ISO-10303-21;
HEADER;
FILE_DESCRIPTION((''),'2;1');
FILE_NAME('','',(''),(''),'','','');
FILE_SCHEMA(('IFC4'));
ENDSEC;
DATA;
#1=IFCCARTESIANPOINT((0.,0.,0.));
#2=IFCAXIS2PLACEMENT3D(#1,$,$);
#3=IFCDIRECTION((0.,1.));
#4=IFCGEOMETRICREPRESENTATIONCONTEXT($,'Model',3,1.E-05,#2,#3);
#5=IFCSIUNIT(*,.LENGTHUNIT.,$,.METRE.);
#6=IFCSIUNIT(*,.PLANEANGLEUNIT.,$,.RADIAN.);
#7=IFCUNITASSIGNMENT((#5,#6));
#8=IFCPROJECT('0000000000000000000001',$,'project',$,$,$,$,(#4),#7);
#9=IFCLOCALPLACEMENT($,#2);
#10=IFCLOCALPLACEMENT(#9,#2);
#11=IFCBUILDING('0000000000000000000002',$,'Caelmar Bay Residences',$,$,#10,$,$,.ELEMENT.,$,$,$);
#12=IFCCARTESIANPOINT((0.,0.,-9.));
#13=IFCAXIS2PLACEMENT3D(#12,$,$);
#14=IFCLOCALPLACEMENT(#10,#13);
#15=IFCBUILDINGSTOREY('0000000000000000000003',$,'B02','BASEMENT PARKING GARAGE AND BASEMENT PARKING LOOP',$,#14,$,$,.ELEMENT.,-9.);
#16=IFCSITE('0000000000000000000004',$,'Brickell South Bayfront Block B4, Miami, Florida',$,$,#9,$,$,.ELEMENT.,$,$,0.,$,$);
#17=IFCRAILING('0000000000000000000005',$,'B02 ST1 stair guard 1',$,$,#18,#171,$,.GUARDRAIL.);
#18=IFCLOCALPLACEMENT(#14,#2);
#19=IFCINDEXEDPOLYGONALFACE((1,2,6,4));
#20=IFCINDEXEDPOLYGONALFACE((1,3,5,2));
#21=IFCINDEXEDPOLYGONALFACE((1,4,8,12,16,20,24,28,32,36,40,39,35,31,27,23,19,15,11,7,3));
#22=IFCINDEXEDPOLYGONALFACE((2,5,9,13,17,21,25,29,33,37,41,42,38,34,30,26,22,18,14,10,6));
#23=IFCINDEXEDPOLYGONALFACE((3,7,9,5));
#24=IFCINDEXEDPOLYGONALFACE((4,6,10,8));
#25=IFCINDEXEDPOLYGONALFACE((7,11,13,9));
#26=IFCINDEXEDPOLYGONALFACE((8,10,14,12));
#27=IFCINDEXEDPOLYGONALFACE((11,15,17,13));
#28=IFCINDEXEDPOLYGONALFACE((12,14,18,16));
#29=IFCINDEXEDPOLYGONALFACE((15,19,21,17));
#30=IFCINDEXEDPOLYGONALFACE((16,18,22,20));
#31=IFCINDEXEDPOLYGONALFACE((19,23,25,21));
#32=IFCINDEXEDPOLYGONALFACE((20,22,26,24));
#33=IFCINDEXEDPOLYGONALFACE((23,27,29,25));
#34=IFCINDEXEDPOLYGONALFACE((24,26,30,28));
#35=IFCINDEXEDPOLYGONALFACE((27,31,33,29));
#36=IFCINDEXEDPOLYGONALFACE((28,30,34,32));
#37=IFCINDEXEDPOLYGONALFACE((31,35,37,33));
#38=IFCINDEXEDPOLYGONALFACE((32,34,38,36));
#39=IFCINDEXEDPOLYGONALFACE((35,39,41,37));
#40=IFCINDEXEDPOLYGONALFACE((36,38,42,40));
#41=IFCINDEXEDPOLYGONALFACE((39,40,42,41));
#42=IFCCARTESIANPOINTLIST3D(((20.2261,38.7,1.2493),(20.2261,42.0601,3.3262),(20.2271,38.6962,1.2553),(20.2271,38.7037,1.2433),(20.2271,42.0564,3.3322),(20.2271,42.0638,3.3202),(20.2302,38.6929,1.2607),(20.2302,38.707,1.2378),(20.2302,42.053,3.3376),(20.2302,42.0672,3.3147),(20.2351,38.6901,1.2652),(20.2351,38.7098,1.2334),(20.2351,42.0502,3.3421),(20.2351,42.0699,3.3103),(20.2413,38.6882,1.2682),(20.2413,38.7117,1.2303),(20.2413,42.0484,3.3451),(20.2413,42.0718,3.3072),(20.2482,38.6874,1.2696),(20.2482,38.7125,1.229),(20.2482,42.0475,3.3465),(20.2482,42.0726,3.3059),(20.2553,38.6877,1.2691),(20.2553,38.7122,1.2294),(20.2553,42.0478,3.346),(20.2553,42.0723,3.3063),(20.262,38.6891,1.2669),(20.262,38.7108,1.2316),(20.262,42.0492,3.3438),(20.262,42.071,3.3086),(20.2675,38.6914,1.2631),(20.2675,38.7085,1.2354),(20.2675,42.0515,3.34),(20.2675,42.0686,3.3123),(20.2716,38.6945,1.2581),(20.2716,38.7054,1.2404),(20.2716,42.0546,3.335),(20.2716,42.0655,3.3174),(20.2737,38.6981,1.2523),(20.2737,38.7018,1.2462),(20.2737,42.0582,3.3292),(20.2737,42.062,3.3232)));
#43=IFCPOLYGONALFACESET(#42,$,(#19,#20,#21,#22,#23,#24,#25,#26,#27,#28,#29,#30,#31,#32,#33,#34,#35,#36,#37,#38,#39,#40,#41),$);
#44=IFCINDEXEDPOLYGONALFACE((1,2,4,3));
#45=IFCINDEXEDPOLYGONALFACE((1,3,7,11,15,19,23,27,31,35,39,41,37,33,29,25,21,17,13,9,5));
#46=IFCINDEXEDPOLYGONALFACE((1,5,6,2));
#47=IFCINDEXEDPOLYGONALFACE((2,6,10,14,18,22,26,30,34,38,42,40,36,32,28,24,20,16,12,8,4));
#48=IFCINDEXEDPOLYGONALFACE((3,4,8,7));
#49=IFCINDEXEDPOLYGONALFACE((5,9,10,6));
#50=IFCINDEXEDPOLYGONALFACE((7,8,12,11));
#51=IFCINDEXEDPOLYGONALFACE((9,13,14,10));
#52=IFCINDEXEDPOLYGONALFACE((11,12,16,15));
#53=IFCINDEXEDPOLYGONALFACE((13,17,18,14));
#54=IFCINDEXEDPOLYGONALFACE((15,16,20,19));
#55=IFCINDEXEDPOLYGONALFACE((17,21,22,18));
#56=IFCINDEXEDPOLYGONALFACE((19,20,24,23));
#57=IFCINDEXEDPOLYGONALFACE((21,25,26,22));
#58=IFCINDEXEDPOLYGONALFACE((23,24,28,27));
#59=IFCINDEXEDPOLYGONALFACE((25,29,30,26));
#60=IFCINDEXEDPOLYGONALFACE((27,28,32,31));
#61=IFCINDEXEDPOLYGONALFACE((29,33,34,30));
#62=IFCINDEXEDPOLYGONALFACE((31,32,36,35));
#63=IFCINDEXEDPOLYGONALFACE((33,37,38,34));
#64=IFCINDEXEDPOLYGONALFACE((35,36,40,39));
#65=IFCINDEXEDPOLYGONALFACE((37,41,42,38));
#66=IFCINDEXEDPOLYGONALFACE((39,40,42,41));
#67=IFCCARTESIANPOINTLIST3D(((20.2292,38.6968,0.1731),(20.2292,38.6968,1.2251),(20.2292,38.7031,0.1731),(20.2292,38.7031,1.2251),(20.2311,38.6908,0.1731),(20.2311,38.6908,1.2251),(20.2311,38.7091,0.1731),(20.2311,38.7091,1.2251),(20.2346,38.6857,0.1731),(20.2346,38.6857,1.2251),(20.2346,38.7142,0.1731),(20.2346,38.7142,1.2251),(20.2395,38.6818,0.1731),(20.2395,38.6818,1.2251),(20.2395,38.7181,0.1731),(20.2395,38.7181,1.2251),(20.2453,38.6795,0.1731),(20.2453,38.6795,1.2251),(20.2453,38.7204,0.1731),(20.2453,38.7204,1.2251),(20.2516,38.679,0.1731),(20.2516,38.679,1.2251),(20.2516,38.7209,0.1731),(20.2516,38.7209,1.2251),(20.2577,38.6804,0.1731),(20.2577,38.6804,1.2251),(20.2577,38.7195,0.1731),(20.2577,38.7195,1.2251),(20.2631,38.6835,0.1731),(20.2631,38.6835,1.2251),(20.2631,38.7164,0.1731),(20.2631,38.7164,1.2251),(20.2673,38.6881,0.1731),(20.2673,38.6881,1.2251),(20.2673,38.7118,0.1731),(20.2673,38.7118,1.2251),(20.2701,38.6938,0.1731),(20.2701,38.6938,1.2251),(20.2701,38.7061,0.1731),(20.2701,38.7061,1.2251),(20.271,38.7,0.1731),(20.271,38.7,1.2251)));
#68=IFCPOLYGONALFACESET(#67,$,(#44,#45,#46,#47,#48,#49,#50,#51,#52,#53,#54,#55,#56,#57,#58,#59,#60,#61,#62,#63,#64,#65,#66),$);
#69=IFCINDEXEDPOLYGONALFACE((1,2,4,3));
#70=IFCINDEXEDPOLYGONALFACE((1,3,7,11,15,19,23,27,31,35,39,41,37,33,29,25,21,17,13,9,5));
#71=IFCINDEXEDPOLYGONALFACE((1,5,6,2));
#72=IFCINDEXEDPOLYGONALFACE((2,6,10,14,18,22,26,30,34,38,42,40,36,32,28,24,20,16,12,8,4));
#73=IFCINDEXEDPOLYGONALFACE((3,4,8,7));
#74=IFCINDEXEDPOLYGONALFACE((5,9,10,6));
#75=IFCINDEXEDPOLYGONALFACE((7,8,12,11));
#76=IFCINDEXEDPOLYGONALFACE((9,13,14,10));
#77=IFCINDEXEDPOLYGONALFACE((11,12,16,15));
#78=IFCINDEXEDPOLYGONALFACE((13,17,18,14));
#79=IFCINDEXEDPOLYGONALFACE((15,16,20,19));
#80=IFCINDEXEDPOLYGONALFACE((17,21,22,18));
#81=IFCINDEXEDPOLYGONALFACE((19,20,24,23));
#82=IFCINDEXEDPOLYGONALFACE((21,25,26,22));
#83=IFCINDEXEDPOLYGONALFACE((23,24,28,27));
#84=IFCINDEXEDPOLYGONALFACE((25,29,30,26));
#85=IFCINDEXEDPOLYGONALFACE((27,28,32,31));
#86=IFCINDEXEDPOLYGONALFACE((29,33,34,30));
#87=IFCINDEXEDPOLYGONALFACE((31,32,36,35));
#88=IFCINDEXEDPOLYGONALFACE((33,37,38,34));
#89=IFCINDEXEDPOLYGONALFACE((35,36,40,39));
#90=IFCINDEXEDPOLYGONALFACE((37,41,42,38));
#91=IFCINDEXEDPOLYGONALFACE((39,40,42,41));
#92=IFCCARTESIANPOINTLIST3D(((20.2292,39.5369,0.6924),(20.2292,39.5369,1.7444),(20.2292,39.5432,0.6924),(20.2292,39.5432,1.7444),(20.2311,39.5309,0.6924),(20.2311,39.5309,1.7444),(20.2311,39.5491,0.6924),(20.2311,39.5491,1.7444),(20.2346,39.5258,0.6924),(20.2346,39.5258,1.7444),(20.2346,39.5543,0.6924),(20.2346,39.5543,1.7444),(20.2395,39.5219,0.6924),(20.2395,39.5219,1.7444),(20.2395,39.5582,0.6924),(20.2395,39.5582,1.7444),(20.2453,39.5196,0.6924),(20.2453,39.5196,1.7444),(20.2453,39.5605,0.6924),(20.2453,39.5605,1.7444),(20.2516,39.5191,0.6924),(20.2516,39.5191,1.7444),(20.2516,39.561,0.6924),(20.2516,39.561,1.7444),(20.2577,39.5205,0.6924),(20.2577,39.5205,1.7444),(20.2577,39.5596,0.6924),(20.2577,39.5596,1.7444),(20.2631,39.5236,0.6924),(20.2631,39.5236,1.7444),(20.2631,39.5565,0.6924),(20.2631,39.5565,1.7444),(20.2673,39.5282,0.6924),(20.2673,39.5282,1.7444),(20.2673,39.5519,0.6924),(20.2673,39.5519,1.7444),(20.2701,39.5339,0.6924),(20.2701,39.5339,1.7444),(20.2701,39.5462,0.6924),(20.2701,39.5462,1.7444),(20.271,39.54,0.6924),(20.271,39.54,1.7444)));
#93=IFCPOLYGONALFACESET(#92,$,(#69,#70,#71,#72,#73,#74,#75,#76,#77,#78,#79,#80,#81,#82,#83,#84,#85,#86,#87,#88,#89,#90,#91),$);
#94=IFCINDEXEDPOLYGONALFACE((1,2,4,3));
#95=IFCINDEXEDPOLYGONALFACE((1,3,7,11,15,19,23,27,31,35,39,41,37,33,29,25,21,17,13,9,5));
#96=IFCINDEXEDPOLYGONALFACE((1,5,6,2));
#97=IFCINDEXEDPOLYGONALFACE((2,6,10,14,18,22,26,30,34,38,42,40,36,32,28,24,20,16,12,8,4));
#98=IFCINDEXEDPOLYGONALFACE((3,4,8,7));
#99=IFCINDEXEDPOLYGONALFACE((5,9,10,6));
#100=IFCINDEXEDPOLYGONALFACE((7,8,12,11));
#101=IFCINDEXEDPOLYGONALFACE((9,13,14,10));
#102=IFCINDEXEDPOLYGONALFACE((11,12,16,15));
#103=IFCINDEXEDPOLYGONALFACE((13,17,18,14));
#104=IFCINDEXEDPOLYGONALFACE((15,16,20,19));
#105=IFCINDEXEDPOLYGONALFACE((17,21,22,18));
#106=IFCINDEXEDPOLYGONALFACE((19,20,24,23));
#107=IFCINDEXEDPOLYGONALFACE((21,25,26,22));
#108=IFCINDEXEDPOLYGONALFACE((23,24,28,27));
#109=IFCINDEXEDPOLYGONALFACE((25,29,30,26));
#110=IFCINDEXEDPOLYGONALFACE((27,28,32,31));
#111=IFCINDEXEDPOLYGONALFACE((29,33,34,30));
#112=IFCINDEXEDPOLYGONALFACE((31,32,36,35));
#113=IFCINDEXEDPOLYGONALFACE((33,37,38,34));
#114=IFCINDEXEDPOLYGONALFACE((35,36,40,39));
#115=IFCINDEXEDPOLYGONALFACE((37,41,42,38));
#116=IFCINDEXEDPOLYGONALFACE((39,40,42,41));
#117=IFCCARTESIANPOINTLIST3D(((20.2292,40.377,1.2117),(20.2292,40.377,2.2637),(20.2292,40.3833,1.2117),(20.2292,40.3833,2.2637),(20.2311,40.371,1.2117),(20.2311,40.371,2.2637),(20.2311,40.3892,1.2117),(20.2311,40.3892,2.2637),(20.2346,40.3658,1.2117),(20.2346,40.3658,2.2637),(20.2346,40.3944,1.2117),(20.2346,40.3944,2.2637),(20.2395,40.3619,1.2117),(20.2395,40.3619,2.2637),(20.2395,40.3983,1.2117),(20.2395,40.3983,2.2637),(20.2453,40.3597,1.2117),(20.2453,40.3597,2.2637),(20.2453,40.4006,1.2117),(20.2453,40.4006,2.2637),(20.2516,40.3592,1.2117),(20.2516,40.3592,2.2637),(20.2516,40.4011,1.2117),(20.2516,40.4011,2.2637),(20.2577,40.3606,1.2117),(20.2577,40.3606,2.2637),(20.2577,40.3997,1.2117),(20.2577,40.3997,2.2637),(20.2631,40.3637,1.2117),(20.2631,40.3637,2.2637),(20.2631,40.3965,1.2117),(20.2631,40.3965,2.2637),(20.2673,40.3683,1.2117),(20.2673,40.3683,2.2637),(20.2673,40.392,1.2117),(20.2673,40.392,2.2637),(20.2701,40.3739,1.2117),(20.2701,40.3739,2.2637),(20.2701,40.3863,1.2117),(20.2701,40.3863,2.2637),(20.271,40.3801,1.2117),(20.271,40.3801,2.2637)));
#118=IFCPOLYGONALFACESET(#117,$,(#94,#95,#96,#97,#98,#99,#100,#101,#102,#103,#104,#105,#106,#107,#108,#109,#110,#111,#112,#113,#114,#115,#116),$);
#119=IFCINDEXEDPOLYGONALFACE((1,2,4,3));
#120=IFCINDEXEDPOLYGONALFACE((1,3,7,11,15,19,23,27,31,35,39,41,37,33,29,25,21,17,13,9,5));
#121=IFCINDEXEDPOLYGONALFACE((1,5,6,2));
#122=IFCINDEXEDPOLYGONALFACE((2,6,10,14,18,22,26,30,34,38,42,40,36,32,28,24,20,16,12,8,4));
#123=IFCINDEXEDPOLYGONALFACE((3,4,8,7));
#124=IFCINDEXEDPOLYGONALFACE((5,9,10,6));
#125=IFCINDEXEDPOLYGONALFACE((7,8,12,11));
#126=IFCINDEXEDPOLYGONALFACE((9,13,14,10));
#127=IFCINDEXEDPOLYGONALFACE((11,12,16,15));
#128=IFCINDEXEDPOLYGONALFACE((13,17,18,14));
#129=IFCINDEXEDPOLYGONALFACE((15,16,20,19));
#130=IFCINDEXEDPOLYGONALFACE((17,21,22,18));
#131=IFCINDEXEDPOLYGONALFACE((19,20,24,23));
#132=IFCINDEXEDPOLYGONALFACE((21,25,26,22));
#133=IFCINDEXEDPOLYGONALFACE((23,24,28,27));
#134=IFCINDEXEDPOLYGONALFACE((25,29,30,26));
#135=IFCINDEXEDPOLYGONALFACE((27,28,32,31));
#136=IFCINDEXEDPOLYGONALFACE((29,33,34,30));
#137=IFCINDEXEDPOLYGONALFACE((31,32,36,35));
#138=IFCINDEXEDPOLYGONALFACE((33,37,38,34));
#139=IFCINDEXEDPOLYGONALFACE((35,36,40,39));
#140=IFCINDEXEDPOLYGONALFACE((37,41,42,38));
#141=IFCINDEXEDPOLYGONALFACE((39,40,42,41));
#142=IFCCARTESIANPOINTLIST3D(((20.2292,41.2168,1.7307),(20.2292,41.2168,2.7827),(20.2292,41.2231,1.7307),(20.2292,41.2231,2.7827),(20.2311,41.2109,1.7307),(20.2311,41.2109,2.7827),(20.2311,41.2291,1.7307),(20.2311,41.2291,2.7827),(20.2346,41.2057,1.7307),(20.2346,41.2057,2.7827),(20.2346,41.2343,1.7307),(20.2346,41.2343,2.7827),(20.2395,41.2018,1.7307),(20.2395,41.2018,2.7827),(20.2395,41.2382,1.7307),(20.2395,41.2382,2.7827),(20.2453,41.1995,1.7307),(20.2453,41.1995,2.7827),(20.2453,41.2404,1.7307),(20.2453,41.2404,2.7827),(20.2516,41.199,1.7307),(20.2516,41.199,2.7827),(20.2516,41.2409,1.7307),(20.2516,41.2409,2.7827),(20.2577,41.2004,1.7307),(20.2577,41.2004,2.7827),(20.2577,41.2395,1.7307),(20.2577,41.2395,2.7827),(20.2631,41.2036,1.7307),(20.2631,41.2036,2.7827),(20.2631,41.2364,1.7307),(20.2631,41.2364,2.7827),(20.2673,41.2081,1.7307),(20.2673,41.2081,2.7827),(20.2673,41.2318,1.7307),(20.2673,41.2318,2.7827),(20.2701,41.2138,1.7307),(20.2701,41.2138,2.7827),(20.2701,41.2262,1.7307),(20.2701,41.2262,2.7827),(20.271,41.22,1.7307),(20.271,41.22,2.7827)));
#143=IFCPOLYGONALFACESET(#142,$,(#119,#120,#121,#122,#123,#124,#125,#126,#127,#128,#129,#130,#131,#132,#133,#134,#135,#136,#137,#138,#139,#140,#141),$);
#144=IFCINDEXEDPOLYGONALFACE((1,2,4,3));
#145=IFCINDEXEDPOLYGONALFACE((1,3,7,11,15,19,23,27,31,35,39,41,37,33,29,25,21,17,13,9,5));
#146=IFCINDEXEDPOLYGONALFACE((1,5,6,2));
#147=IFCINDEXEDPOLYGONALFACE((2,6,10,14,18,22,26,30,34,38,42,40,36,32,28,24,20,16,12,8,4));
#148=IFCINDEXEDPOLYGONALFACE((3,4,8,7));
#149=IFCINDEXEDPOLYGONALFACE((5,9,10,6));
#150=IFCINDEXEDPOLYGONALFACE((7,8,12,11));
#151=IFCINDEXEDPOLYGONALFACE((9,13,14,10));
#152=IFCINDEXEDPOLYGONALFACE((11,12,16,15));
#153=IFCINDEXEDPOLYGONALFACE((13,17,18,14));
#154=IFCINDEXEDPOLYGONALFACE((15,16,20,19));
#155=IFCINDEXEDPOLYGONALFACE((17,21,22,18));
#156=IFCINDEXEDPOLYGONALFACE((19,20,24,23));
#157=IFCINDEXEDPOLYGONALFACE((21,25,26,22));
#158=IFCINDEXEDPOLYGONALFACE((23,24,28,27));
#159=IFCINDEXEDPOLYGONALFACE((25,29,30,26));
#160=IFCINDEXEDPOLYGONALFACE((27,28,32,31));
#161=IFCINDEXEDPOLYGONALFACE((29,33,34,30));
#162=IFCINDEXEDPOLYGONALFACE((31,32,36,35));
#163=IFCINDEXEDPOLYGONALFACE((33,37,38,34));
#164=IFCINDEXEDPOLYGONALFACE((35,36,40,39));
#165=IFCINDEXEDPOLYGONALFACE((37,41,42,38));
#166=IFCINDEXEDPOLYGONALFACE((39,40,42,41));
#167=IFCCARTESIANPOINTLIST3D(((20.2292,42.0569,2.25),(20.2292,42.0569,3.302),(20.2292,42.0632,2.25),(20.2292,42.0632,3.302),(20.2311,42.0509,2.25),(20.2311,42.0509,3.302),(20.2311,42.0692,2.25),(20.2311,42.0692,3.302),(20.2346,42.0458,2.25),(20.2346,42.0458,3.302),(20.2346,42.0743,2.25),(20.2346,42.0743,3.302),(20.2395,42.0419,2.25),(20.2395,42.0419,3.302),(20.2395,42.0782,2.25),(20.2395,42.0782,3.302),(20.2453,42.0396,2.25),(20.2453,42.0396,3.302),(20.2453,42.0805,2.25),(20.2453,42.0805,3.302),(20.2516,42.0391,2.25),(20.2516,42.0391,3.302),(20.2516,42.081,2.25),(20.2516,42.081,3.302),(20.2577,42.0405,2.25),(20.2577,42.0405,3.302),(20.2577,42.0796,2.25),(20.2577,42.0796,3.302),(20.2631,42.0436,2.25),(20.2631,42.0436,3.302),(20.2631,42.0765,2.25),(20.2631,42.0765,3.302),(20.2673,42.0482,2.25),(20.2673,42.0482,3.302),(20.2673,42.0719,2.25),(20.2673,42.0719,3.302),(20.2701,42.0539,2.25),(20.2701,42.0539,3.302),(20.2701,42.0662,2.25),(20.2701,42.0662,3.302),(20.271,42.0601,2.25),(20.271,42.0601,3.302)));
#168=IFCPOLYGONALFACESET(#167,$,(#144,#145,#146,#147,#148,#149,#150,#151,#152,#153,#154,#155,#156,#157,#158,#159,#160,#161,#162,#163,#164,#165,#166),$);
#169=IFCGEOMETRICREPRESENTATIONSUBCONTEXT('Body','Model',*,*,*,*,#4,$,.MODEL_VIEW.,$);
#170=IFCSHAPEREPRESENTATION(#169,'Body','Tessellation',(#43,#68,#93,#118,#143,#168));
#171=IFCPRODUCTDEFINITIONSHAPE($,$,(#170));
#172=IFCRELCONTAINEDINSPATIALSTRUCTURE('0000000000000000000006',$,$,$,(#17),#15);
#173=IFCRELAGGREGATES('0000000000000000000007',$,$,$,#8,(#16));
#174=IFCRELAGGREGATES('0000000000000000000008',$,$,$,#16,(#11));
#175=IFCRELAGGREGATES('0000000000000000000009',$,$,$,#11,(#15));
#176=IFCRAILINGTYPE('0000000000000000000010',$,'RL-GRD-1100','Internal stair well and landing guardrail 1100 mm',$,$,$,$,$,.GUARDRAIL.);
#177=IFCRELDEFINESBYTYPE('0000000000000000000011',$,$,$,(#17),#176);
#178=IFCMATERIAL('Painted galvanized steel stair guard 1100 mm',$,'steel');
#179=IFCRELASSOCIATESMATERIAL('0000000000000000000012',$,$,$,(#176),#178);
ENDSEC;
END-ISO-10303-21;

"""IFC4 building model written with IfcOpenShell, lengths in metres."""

from ifc_helpers import new_model, si_unit, direction, frame, origin, origin_2d, place, context, subcontext, project, spatial, circle, extrude, material, type_object, element, save


model = new_model("IFC4")

# Units and contexts
model_context = context("Model", 3, precision=1e-05, world=origin(), true_north=direction((0.0, 1.0)))
body_context = subcontext(model_context, "Body", "Model", "MODEL_VIEW")
ifc_project = project(units=[si_unit("LENGTHUNIT", "METRE"), si_unit("PLANEANGLEUNIT", "RADIAN")], contexts=[model_context])

# Site, building, storey
site_placement = place(None, origin())
site = spatial("IfcSite", under=ifc_project, at=site_placement, Name="Brickell South Bayfront Block B4, Miami, Florida", CompositionType="ELEMENT", RefElevation=0.0)
building_placement = place(site_placement, origin())
building = spatial("IfcBuilding", under=site, at=building_placement, Name="Caelmar Bay Residences", CompositionType="ELEMENT")
storey_placement = place(building_placement, frame((0.0, 0.0, -9.0)))
storey = spatial("IfcBuildingStorey", under=building, at=storey_placement, Name="B02", Description="BASEMENT PARKING GARAGE AND BASEMENT PARKING LOOP", CompositionType="ELEMENT", Elevation=-9.0)

# Railing
ifc_material_1 = material(Name="Painted galvanized steel stair guard 1100 mm", Category="steel")
railing_type_1 = type_object("IfcRailingType", Name="RL-GRD-1100", Description="Internal stair well and landing guardrail 1100 mm", PredefinedType="GUARDRAIL", material=ifc_material_1)
railing_1_placement = place(storey_placement, frame((20.25, 38.7, 0.1731)))
element("IfcRailing", 1, at=railing_1_placement, inside=storey, type_object=railing_type_1, Name="B02 ST1 stair guard 1", PredefinedType="GUARDRAIL", context=body_context, shape_type="SweptSolid", body=[
    extrude(circle(Radius=0.0239, at=origin_2d()), frame((0.0, 0.0, 1.0762), z_axis=(0.0, 0.850623, 0.525776), x_axis=(-1.0, 0.0, 0.0)), (0.0, 0.0, 1.0), 3.9502),
    extrude(circle(Radius=0.021, at=origin_2d()), origin(), (0.0, 0.0, 1.0), 1.052),
    extrude(circle(Radius=0.021, at=origin_2d()), frame((0.0, 0.8401, 0.5193)), (0.0, 0.0, 1.0), 1.052),
    extrude(circle(Radius=0.021, at=origin_2d()), frame((0.0, 1.6802, 1.0386)), (0.0, 0.0, 1.0), 1.052),
    extrude(circle(Radius=0.021, at=origin_2d()), frame((0.0, 2.52, 1.5576)), (0.0, 0.0, 1.0), 1.052),
    extrude(circle(Radius=0.021, at=origin_2d()), frame((0.0, 3.3601, 2.0769)), (0.0, 0.0, 1.0), 1.052),
])

save(model, "model.ifc")
